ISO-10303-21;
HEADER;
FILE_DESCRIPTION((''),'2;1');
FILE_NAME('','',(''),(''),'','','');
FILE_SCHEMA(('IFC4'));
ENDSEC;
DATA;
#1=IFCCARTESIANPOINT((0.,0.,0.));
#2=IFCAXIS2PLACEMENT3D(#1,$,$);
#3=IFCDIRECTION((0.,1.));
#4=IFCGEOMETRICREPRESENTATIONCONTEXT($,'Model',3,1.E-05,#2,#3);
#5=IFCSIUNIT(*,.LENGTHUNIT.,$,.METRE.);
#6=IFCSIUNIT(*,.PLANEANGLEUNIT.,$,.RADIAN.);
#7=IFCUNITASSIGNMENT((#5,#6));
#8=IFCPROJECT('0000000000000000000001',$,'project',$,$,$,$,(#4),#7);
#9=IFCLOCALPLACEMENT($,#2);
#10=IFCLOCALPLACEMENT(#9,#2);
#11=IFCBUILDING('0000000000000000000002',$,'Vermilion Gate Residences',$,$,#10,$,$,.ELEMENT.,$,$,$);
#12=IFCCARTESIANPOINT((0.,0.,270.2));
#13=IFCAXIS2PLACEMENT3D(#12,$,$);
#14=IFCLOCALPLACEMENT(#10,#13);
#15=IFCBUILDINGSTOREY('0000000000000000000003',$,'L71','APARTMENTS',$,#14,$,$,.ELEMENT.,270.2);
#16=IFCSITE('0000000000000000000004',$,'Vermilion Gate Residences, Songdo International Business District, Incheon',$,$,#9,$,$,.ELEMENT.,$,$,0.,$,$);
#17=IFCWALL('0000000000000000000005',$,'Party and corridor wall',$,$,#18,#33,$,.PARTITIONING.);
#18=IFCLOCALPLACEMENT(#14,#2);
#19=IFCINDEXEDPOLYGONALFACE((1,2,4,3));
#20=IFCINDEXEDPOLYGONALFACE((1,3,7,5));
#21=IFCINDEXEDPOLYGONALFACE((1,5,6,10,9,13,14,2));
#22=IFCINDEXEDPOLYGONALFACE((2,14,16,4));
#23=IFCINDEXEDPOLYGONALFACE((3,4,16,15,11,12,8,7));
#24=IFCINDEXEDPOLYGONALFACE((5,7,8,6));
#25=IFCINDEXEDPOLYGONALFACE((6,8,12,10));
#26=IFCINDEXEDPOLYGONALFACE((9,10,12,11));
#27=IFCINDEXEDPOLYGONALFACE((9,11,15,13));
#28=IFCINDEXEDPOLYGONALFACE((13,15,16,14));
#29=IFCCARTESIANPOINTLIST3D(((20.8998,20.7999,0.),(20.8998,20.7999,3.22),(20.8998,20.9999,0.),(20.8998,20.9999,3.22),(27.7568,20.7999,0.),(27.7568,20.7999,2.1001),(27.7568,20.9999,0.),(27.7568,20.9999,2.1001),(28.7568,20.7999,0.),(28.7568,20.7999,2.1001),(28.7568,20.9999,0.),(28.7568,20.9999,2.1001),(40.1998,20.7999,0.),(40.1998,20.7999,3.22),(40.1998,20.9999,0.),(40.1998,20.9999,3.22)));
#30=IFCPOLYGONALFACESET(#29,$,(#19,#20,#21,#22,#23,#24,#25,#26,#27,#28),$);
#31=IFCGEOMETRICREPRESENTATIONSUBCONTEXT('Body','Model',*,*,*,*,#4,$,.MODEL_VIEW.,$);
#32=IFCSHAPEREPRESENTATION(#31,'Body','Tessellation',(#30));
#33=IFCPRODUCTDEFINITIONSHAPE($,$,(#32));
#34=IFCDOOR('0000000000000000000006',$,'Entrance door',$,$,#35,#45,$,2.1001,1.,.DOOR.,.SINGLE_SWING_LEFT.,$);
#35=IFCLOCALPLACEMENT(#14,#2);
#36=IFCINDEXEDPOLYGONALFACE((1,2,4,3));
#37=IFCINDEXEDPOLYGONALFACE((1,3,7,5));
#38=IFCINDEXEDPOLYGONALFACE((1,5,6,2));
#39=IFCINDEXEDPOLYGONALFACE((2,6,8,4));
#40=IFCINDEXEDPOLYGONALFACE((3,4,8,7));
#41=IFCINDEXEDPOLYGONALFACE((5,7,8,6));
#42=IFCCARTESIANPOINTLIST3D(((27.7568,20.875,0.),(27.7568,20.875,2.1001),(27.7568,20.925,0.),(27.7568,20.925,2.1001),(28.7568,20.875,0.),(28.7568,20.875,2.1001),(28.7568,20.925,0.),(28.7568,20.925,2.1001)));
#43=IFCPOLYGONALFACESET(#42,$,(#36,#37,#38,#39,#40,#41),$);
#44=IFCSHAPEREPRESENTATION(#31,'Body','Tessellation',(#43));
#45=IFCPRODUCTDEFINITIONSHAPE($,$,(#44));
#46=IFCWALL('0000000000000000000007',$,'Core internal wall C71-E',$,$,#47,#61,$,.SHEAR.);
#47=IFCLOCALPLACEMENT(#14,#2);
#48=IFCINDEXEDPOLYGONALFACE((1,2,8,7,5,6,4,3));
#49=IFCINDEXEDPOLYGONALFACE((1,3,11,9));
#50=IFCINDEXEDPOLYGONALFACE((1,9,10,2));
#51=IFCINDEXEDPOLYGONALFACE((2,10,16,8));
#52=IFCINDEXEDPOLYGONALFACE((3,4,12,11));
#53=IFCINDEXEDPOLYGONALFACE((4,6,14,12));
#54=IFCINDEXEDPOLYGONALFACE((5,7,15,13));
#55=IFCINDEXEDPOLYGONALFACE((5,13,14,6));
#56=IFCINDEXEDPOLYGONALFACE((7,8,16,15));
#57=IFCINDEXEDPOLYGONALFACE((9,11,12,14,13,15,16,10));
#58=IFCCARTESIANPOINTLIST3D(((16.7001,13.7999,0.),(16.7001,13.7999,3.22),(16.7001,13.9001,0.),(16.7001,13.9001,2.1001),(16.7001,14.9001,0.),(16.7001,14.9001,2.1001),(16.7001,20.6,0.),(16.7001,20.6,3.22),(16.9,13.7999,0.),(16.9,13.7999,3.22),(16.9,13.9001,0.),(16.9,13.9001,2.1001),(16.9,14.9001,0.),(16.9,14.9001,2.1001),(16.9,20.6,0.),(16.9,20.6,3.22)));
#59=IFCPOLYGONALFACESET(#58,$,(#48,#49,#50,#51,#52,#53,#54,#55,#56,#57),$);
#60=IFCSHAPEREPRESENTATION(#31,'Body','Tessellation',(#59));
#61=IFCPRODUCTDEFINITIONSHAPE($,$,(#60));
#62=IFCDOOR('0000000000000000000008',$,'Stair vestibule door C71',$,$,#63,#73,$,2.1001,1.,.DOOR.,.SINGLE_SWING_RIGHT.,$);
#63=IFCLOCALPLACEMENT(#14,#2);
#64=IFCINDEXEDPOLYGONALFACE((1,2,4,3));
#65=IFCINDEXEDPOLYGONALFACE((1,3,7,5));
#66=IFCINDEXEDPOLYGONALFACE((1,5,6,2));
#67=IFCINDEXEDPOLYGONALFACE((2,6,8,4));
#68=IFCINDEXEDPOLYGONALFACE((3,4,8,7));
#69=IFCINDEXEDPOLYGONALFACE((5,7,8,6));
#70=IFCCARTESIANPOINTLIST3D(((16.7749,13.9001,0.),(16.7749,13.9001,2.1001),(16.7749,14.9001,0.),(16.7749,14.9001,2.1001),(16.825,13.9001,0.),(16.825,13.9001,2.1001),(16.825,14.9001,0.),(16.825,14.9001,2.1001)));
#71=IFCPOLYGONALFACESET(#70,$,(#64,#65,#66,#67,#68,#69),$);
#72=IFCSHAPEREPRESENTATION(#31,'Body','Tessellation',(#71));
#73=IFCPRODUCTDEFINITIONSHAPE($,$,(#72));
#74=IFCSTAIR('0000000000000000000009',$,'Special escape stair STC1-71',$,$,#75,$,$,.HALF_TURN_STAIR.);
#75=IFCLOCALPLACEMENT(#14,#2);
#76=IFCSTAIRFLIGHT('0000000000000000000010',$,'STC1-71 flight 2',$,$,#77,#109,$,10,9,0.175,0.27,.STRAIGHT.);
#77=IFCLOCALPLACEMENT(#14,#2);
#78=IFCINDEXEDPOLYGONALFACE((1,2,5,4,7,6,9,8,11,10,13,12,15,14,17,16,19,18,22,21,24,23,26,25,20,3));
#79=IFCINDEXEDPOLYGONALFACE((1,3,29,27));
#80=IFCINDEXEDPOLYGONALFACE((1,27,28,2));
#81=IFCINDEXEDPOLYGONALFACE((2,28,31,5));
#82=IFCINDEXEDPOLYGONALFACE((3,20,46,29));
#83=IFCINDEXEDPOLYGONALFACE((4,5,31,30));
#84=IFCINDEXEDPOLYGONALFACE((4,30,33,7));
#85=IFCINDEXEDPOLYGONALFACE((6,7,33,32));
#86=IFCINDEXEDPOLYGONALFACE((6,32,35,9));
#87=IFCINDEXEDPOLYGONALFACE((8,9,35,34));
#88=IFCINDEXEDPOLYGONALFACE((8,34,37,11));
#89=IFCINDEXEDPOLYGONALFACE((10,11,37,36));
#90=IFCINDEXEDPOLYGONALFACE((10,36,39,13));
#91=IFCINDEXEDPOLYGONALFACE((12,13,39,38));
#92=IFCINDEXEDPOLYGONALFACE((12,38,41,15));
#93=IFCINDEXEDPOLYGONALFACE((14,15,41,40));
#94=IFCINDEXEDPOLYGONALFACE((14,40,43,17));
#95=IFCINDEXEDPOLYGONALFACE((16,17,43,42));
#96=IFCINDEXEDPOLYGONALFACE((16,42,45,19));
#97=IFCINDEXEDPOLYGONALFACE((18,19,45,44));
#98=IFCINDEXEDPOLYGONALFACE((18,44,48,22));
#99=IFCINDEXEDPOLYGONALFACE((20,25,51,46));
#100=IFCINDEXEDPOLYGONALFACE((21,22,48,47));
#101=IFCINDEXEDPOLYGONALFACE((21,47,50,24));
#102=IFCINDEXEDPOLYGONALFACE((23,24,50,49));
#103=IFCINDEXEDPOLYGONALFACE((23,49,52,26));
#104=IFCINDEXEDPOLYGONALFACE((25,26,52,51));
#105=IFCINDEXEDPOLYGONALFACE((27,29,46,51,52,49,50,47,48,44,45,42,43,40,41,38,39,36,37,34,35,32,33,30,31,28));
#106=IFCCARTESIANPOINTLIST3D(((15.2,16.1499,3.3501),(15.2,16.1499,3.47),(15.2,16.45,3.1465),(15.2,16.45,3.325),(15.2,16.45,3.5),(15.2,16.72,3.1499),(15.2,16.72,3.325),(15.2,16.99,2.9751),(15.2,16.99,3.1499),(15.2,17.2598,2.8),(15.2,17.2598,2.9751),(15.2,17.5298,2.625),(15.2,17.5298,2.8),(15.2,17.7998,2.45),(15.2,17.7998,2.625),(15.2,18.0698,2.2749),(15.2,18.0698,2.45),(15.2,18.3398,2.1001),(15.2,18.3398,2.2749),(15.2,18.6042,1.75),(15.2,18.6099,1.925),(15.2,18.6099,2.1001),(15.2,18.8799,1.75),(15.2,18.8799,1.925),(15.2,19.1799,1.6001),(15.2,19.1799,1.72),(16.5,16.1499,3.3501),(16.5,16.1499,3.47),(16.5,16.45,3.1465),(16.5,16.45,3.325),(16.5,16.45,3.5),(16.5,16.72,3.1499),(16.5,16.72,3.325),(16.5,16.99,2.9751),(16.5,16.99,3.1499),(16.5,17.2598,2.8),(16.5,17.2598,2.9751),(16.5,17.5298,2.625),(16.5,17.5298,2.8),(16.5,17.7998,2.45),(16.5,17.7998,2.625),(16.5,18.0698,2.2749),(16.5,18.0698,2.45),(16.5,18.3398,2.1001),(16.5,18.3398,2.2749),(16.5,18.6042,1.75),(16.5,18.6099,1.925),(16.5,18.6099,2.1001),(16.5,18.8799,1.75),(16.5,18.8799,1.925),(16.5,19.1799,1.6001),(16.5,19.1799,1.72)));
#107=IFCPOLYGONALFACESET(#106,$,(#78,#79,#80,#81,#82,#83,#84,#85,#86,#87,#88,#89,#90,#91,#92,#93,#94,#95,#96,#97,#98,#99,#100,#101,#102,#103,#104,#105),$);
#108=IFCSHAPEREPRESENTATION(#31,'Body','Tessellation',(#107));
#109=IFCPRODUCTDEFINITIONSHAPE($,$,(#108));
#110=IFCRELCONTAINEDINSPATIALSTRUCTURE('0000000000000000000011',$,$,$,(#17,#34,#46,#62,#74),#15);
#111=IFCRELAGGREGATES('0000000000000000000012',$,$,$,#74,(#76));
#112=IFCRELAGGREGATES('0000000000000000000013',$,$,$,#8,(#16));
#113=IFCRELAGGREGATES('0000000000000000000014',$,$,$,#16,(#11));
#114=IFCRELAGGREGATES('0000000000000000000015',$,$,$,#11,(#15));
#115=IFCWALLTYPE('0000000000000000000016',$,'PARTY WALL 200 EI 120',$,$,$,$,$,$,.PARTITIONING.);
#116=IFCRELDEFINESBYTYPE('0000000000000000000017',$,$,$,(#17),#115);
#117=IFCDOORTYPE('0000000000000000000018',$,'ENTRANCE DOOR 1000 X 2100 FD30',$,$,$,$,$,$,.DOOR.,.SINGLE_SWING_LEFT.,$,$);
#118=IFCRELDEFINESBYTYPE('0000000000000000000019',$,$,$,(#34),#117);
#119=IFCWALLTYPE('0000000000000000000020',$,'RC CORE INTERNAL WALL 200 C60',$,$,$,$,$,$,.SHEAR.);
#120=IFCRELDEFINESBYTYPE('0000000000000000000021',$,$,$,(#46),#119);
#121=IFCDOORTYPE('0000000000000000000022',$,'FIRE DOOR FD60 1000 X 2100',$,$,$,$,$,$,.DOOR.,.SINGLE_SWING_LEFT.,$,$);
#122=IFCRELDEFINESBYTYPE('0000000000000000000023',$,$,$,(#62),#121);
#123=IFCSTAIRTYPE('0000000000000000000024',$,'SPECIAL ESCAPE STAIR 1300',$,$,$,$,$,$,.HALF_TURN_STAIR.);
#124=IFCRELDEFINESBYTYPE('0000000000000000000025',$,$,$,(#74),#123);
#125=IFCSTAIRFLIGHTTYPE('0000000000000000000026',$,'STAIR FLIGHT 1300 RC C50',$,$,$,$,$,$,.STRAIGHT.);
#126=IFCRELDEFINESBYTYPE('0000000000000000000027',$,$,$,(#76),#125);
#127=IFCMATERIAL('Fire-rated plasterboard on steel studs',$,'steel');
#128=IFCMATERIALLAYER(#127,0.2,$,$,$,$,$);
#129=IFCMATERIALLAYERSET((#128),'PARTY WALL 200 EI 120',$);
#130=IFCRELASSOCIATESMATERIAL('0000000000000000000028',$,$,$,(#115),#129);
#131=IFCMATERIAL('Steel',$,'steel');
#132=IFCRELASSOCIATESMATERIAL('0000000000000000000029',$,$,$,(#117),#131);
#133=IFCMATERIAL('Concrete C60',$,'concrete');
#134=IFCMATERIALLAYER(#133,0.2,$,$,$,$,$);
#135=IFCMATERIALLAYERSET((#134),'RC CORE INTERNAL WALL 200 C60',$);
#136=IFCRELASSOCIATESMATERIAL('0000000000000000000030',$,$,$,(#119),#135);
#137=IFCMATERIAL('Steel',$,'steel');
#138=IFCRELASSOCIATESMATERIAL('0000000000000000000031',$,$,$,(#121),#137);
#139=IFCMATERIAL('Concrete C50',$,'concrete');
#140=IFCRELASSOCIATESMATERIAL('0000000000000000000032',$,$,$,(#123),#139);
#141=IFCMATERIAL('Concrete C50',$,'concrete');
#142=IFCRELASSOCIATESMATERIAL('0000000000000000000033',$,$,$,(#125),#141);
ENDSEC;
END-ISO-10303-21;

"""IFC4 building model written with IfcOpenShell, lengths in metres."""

from ifc_helpers import new_model, si_unit, direction, frame, frame_2d, origin, place, context, subcontext, project, spatial, polyline, rectangle, outline, extrude, material, layer, layer_set, type_object, element, fill, aggregate, save


model = new_model("IFC4")

# Units and contexts
model_context = context("Model", 3, precision=1e-05, world=origin(), true_north=direction((0.0, 1.0)))
body_context = subcontext(model_context, "Body", "Model", "MODEL_VIEW")
ifc_project = project(units=[si_unit("LENGTHUNIT", "METRE"), si_unit("PLANEANGLEUNIT", "RADIAN")], contexts=[model_context])

# Site, building, storey
site_placement = place(None, origin())
site = spatial("IfcSite", under=ifc_project, at=site_placement, Name="Vermilion Gate Residences, Songdo International Business District, Incheon", CompositionType="ELEMENT", RefElevation=0.0)
building_placement = place(site_placement, origin())
building = spatial("IfcBuilding", under=site, at=building_placement, Name="Vermilion Gate Residences", CompositionType="ELEMENT")
storey_placement = place(building_placement, frame((0.0, 0.0, 270.2)))
storey = spatial("IfcBuildingStorey", under=building, at=storey_placement, Name="L71", Description="APARTMENTS", CompositionType="ELEMENT", Elevation=270.2)

# Walls, openings, doors
ifc_material_1 = material(Name="Fire-rated plasterboard on steel studs", Category="steel")
ifc_layer_1 = layer(ifc_material_1, 0.2)
ifc_layer_set_1 = layer_set([ifc_layer_1], Name="PARTY WALL 200 EI 120")
wall_type_1 = type_object("IfcWallType", Name="PARTY WALL 200 EI 120", PredefinedType="PARTITIONING", material=ifc_layer_set_1)
wall_1_placement = place(storey_placement, frame((20.8999, 20.8999, 0.0), z_axis=(0.0, 0.0, 1.0), x_axis=(1.0, 0.0, 0.0)))
wall_1 = element("IfcWall", 1, at=wall_1_placement, inside=storey, type_object=wall_type_1, Name="Party and corridor wall", PredefinedType="PARTITIONING", context=body_context, shape_type="SweptSolid", body=[
    extrude(rectangle(XDim=19.3, YDim=0.2, at=frame_2d((9.6499, 0.0))), origin(), (0.0, 0.0, 1.0), 3.22),
])
opening_1_placement = place(wall_1_placement, frame((6.8569, 0.0, 0.0)))
opening_1 = element("IfcOpeningElement", 2, at=opening_1_placement, cuts=wall_1, PredefinedType="OPENING", context=body_context, shape_type="SweptSolid", body=[
    extrude(rectangle(XDim=1.0, YDim=2.1001, at=frame_2d((0.5, 1.05))), frame((0.0, 0.1099, 0.0), z_axis=(0.0, -1.0, 0.0), x_axis=(1.0, 0.0, 0.0)), (0.0, 0.0, 1.0), 0.22),
])
ifc_material_2 = material(Name="Steel", Category="steel")
door_type_1 = type_object("IfcDoorType", Name="ENTRANCE DOOR 1000 X 2100 FD30", OperationType="SINGLE_SWING_LEFT", PredefinedType="DOOR", material=ifc_material_2)
door_1_placement = place(opening_1_placement, frame((1.0, 0.0, 0.0), z_axis=(0.0, 0.0, 1.0), x_axis=(-1.0, 0.0, 0.0)))
door_1 = element("IfcDoor", 3, at=door_1_placement, inside=storey, type_object=door_type_1, Name="Entrance door", OperationType="SINGLE_SWING_LEFT", OverallHeight=2.1001, OverallWidth=1.0, PredefinedType="DOOR", context=body_context, shape_type="SweptSolid", body=[
    extrude(rectangle(XDim=1.0, YDim=2.1001, at=frame_2d((0.5, 1.05))), frame((0.0, 0.0249, 0.0), z_axis=(0.0, -1.0, 0.0), x_axis=(1.0, 0.0, 0.0)), (0.0, 0.0, 1.0), 0.05),
])
fill(opening_1, door_1)
ifc_material_3 = material(Name="Concrete C60", Category="concrete")
ifc_layer_2 = layer(ifc_material_3, 0.2)
ifc_layer_set_2 = layer_set([ifc_layer_2], Name="RC CORE INTERNAL WALL 200 C60")
wall_type_2 = type_object("IfcWallType", Name="RC CORE INTERNAL WALL 200 C60", PredefinedType="SHEAR", material=ifc_layer_set_2)
wall_2_placement = place(storey_placement, frame((16.8, 13.8, 0.0), z_axis=(0.0, 0.0, 1.0), x_axis=(0.0, 1.0, 0.0)))
wall_2 = element("IfcWall", 4, at=wall_2_placement, inside=storey, type_object=wall_type_2, Name="Core internal wall C71-E", PredefinedType="SHEAR", context=body_context, shape_type="SweptSolid", body=[
    extrude(rectangle(XDim=6.8, YDim=0.2, at=frame_2d((3.3999, 0.0))), origin(), (0.0, 0.0, 1.0), 3.22),
])
opening_2_placement = place(wall_2_placement, frame((0.1001, 0.0, 0.0)))
opening_2 = element("IfcOpeningElement", 5, at=opening_2_placement, cuts=wall_2, PredefinedType="OPENING", context=body_context, shape_type="SweptSolid", body=[
    extrude(rectangle(XDim=1.0, YDim=2.1001, at=frame_2d((0.5, 1.05))), frame((0.0, 0.1099, 0.0), z_axis=(0.0, -1.0, 0.0), x_axis=(1.0, 0.0, 0.0)), (0.0, 0.0, 1.0), 0.22),
])
ifc_material_4 = material(Name="Steel", Category="steel")
door_type_2 = type_object("IfcDoorType", Name="FIRE DOOR FD60 1000 X 2100", OperationType="SINGLE_SWING_LEFT", PredefinedType="DOOR", material=ifc_material_4)
door_2_placement = place(opening_2_placement, frame((1.0, 0.0, 0.0), z_axis=(0.0, 0.0, 1.0), x_axis=(-1.0, 0.0, 0.0)))
door_2 = element("IfcDoor", 6, at=door_2_placement, inside=storey, type_object=door_type_2, Name="Stair vestibule door C71", OperationType="SINGLE_SWING_RIGHT", OverallHeight=2.1001, OverallWidth=1.0, PredefinedType="DOOR", context=body_context, shape_type="SweptSolid", body=[
    extrude(rectangle(XDim=1.0, YDim=2.1001, at=frame_2d((0.5, 1.05))), frame((0.0, 0.0249, 0.0), z_axis=(0.0, -1.0, 0.0), x_axis=(1.0, 0.0, 0.0)), (0.0, 0.0, 1.0), 0.05),
])
fill(opening_2, door_2)

# Stair, stair flight
ifc_material_5 = material(Name="Concrete C50", Category="concrete")
stair_type = type_object("IfcStairType", Name="SPECIAL ESCAPE STAIR 1300", PredefinedType="HALF_TURN_STAIR", material=ifc_material_5)
stair_placement = place(storey_placement, origin())
stair = element("IfcStair", 7, at=stair_placement, inside=storey, type_object=stair_type, Name="Special escape stair STC1-71", PredefinedType="HALF_TURN_STAIR")
ifc_material_6 = material(Name="Concrete C50", Category="concrete")
stair_flight_type = type_object("IfcStairFlightType", Name="STAIR FLIGHT 1300 RC C50", PredefinedType="STRAIGHT", material=ifc_material_6)
stair_flight_placement = place(storey_placement, frame((15.8501, 18.8799, 1.75), z_axis=(0.0, 0.0, 1.0), x_axis=(0.0, -1.0, 0.0)))
stair_flight = element("IfcStairFlight", 8, at=stair_flight_placement, type_object=stair_flight_type, Name="STC1-71 flight 2", NumberOfRisers=10, NumberOfTreads=9, PredefinedType="STRAIGHT", RiserHeight=0.175, TreadLength=0.27, context=body_context, shape_type="SweptSolid", body=[
    extrude(outline(polyline([(-0.3, -0.1499), (-0.3, -0.03), (0.0, 0.0), (0.0, 0.175), (0.27, 0.175), (0.27, 0.3501), (0.54, 0.3501), (0.54, 0.5249), (0.8101, 0.5249), (0.8101, 0.7), (1.0801, 0.7), (1.0801, 0.875), (1.3501, 0.875), (1.3501, 1.05), (1.6201, 1.05), (1.6201, 1.2251), (1.8899, 1.2251), (1.8899, 1.3999), (2.1599, 1.3999), (2.1599, 1.575), (2.4299, 1.575), (2.4299, 1.75), (2.73, 1.72), (2.73, 1.6001), (2.4299, 1.3965), (0.2756, 0.0), (-0.3, -0.1499)])), frame((0.0, 0.6499, 0.0), z_axis=(0.0, -1.0, 0.0), x_axis=(1.0, 0.0, 0.0)), (0.0, 0.0, 1.0), 1.3),
])
aggregate(stair, [stair_flight])

save(model, "model.ifc")
